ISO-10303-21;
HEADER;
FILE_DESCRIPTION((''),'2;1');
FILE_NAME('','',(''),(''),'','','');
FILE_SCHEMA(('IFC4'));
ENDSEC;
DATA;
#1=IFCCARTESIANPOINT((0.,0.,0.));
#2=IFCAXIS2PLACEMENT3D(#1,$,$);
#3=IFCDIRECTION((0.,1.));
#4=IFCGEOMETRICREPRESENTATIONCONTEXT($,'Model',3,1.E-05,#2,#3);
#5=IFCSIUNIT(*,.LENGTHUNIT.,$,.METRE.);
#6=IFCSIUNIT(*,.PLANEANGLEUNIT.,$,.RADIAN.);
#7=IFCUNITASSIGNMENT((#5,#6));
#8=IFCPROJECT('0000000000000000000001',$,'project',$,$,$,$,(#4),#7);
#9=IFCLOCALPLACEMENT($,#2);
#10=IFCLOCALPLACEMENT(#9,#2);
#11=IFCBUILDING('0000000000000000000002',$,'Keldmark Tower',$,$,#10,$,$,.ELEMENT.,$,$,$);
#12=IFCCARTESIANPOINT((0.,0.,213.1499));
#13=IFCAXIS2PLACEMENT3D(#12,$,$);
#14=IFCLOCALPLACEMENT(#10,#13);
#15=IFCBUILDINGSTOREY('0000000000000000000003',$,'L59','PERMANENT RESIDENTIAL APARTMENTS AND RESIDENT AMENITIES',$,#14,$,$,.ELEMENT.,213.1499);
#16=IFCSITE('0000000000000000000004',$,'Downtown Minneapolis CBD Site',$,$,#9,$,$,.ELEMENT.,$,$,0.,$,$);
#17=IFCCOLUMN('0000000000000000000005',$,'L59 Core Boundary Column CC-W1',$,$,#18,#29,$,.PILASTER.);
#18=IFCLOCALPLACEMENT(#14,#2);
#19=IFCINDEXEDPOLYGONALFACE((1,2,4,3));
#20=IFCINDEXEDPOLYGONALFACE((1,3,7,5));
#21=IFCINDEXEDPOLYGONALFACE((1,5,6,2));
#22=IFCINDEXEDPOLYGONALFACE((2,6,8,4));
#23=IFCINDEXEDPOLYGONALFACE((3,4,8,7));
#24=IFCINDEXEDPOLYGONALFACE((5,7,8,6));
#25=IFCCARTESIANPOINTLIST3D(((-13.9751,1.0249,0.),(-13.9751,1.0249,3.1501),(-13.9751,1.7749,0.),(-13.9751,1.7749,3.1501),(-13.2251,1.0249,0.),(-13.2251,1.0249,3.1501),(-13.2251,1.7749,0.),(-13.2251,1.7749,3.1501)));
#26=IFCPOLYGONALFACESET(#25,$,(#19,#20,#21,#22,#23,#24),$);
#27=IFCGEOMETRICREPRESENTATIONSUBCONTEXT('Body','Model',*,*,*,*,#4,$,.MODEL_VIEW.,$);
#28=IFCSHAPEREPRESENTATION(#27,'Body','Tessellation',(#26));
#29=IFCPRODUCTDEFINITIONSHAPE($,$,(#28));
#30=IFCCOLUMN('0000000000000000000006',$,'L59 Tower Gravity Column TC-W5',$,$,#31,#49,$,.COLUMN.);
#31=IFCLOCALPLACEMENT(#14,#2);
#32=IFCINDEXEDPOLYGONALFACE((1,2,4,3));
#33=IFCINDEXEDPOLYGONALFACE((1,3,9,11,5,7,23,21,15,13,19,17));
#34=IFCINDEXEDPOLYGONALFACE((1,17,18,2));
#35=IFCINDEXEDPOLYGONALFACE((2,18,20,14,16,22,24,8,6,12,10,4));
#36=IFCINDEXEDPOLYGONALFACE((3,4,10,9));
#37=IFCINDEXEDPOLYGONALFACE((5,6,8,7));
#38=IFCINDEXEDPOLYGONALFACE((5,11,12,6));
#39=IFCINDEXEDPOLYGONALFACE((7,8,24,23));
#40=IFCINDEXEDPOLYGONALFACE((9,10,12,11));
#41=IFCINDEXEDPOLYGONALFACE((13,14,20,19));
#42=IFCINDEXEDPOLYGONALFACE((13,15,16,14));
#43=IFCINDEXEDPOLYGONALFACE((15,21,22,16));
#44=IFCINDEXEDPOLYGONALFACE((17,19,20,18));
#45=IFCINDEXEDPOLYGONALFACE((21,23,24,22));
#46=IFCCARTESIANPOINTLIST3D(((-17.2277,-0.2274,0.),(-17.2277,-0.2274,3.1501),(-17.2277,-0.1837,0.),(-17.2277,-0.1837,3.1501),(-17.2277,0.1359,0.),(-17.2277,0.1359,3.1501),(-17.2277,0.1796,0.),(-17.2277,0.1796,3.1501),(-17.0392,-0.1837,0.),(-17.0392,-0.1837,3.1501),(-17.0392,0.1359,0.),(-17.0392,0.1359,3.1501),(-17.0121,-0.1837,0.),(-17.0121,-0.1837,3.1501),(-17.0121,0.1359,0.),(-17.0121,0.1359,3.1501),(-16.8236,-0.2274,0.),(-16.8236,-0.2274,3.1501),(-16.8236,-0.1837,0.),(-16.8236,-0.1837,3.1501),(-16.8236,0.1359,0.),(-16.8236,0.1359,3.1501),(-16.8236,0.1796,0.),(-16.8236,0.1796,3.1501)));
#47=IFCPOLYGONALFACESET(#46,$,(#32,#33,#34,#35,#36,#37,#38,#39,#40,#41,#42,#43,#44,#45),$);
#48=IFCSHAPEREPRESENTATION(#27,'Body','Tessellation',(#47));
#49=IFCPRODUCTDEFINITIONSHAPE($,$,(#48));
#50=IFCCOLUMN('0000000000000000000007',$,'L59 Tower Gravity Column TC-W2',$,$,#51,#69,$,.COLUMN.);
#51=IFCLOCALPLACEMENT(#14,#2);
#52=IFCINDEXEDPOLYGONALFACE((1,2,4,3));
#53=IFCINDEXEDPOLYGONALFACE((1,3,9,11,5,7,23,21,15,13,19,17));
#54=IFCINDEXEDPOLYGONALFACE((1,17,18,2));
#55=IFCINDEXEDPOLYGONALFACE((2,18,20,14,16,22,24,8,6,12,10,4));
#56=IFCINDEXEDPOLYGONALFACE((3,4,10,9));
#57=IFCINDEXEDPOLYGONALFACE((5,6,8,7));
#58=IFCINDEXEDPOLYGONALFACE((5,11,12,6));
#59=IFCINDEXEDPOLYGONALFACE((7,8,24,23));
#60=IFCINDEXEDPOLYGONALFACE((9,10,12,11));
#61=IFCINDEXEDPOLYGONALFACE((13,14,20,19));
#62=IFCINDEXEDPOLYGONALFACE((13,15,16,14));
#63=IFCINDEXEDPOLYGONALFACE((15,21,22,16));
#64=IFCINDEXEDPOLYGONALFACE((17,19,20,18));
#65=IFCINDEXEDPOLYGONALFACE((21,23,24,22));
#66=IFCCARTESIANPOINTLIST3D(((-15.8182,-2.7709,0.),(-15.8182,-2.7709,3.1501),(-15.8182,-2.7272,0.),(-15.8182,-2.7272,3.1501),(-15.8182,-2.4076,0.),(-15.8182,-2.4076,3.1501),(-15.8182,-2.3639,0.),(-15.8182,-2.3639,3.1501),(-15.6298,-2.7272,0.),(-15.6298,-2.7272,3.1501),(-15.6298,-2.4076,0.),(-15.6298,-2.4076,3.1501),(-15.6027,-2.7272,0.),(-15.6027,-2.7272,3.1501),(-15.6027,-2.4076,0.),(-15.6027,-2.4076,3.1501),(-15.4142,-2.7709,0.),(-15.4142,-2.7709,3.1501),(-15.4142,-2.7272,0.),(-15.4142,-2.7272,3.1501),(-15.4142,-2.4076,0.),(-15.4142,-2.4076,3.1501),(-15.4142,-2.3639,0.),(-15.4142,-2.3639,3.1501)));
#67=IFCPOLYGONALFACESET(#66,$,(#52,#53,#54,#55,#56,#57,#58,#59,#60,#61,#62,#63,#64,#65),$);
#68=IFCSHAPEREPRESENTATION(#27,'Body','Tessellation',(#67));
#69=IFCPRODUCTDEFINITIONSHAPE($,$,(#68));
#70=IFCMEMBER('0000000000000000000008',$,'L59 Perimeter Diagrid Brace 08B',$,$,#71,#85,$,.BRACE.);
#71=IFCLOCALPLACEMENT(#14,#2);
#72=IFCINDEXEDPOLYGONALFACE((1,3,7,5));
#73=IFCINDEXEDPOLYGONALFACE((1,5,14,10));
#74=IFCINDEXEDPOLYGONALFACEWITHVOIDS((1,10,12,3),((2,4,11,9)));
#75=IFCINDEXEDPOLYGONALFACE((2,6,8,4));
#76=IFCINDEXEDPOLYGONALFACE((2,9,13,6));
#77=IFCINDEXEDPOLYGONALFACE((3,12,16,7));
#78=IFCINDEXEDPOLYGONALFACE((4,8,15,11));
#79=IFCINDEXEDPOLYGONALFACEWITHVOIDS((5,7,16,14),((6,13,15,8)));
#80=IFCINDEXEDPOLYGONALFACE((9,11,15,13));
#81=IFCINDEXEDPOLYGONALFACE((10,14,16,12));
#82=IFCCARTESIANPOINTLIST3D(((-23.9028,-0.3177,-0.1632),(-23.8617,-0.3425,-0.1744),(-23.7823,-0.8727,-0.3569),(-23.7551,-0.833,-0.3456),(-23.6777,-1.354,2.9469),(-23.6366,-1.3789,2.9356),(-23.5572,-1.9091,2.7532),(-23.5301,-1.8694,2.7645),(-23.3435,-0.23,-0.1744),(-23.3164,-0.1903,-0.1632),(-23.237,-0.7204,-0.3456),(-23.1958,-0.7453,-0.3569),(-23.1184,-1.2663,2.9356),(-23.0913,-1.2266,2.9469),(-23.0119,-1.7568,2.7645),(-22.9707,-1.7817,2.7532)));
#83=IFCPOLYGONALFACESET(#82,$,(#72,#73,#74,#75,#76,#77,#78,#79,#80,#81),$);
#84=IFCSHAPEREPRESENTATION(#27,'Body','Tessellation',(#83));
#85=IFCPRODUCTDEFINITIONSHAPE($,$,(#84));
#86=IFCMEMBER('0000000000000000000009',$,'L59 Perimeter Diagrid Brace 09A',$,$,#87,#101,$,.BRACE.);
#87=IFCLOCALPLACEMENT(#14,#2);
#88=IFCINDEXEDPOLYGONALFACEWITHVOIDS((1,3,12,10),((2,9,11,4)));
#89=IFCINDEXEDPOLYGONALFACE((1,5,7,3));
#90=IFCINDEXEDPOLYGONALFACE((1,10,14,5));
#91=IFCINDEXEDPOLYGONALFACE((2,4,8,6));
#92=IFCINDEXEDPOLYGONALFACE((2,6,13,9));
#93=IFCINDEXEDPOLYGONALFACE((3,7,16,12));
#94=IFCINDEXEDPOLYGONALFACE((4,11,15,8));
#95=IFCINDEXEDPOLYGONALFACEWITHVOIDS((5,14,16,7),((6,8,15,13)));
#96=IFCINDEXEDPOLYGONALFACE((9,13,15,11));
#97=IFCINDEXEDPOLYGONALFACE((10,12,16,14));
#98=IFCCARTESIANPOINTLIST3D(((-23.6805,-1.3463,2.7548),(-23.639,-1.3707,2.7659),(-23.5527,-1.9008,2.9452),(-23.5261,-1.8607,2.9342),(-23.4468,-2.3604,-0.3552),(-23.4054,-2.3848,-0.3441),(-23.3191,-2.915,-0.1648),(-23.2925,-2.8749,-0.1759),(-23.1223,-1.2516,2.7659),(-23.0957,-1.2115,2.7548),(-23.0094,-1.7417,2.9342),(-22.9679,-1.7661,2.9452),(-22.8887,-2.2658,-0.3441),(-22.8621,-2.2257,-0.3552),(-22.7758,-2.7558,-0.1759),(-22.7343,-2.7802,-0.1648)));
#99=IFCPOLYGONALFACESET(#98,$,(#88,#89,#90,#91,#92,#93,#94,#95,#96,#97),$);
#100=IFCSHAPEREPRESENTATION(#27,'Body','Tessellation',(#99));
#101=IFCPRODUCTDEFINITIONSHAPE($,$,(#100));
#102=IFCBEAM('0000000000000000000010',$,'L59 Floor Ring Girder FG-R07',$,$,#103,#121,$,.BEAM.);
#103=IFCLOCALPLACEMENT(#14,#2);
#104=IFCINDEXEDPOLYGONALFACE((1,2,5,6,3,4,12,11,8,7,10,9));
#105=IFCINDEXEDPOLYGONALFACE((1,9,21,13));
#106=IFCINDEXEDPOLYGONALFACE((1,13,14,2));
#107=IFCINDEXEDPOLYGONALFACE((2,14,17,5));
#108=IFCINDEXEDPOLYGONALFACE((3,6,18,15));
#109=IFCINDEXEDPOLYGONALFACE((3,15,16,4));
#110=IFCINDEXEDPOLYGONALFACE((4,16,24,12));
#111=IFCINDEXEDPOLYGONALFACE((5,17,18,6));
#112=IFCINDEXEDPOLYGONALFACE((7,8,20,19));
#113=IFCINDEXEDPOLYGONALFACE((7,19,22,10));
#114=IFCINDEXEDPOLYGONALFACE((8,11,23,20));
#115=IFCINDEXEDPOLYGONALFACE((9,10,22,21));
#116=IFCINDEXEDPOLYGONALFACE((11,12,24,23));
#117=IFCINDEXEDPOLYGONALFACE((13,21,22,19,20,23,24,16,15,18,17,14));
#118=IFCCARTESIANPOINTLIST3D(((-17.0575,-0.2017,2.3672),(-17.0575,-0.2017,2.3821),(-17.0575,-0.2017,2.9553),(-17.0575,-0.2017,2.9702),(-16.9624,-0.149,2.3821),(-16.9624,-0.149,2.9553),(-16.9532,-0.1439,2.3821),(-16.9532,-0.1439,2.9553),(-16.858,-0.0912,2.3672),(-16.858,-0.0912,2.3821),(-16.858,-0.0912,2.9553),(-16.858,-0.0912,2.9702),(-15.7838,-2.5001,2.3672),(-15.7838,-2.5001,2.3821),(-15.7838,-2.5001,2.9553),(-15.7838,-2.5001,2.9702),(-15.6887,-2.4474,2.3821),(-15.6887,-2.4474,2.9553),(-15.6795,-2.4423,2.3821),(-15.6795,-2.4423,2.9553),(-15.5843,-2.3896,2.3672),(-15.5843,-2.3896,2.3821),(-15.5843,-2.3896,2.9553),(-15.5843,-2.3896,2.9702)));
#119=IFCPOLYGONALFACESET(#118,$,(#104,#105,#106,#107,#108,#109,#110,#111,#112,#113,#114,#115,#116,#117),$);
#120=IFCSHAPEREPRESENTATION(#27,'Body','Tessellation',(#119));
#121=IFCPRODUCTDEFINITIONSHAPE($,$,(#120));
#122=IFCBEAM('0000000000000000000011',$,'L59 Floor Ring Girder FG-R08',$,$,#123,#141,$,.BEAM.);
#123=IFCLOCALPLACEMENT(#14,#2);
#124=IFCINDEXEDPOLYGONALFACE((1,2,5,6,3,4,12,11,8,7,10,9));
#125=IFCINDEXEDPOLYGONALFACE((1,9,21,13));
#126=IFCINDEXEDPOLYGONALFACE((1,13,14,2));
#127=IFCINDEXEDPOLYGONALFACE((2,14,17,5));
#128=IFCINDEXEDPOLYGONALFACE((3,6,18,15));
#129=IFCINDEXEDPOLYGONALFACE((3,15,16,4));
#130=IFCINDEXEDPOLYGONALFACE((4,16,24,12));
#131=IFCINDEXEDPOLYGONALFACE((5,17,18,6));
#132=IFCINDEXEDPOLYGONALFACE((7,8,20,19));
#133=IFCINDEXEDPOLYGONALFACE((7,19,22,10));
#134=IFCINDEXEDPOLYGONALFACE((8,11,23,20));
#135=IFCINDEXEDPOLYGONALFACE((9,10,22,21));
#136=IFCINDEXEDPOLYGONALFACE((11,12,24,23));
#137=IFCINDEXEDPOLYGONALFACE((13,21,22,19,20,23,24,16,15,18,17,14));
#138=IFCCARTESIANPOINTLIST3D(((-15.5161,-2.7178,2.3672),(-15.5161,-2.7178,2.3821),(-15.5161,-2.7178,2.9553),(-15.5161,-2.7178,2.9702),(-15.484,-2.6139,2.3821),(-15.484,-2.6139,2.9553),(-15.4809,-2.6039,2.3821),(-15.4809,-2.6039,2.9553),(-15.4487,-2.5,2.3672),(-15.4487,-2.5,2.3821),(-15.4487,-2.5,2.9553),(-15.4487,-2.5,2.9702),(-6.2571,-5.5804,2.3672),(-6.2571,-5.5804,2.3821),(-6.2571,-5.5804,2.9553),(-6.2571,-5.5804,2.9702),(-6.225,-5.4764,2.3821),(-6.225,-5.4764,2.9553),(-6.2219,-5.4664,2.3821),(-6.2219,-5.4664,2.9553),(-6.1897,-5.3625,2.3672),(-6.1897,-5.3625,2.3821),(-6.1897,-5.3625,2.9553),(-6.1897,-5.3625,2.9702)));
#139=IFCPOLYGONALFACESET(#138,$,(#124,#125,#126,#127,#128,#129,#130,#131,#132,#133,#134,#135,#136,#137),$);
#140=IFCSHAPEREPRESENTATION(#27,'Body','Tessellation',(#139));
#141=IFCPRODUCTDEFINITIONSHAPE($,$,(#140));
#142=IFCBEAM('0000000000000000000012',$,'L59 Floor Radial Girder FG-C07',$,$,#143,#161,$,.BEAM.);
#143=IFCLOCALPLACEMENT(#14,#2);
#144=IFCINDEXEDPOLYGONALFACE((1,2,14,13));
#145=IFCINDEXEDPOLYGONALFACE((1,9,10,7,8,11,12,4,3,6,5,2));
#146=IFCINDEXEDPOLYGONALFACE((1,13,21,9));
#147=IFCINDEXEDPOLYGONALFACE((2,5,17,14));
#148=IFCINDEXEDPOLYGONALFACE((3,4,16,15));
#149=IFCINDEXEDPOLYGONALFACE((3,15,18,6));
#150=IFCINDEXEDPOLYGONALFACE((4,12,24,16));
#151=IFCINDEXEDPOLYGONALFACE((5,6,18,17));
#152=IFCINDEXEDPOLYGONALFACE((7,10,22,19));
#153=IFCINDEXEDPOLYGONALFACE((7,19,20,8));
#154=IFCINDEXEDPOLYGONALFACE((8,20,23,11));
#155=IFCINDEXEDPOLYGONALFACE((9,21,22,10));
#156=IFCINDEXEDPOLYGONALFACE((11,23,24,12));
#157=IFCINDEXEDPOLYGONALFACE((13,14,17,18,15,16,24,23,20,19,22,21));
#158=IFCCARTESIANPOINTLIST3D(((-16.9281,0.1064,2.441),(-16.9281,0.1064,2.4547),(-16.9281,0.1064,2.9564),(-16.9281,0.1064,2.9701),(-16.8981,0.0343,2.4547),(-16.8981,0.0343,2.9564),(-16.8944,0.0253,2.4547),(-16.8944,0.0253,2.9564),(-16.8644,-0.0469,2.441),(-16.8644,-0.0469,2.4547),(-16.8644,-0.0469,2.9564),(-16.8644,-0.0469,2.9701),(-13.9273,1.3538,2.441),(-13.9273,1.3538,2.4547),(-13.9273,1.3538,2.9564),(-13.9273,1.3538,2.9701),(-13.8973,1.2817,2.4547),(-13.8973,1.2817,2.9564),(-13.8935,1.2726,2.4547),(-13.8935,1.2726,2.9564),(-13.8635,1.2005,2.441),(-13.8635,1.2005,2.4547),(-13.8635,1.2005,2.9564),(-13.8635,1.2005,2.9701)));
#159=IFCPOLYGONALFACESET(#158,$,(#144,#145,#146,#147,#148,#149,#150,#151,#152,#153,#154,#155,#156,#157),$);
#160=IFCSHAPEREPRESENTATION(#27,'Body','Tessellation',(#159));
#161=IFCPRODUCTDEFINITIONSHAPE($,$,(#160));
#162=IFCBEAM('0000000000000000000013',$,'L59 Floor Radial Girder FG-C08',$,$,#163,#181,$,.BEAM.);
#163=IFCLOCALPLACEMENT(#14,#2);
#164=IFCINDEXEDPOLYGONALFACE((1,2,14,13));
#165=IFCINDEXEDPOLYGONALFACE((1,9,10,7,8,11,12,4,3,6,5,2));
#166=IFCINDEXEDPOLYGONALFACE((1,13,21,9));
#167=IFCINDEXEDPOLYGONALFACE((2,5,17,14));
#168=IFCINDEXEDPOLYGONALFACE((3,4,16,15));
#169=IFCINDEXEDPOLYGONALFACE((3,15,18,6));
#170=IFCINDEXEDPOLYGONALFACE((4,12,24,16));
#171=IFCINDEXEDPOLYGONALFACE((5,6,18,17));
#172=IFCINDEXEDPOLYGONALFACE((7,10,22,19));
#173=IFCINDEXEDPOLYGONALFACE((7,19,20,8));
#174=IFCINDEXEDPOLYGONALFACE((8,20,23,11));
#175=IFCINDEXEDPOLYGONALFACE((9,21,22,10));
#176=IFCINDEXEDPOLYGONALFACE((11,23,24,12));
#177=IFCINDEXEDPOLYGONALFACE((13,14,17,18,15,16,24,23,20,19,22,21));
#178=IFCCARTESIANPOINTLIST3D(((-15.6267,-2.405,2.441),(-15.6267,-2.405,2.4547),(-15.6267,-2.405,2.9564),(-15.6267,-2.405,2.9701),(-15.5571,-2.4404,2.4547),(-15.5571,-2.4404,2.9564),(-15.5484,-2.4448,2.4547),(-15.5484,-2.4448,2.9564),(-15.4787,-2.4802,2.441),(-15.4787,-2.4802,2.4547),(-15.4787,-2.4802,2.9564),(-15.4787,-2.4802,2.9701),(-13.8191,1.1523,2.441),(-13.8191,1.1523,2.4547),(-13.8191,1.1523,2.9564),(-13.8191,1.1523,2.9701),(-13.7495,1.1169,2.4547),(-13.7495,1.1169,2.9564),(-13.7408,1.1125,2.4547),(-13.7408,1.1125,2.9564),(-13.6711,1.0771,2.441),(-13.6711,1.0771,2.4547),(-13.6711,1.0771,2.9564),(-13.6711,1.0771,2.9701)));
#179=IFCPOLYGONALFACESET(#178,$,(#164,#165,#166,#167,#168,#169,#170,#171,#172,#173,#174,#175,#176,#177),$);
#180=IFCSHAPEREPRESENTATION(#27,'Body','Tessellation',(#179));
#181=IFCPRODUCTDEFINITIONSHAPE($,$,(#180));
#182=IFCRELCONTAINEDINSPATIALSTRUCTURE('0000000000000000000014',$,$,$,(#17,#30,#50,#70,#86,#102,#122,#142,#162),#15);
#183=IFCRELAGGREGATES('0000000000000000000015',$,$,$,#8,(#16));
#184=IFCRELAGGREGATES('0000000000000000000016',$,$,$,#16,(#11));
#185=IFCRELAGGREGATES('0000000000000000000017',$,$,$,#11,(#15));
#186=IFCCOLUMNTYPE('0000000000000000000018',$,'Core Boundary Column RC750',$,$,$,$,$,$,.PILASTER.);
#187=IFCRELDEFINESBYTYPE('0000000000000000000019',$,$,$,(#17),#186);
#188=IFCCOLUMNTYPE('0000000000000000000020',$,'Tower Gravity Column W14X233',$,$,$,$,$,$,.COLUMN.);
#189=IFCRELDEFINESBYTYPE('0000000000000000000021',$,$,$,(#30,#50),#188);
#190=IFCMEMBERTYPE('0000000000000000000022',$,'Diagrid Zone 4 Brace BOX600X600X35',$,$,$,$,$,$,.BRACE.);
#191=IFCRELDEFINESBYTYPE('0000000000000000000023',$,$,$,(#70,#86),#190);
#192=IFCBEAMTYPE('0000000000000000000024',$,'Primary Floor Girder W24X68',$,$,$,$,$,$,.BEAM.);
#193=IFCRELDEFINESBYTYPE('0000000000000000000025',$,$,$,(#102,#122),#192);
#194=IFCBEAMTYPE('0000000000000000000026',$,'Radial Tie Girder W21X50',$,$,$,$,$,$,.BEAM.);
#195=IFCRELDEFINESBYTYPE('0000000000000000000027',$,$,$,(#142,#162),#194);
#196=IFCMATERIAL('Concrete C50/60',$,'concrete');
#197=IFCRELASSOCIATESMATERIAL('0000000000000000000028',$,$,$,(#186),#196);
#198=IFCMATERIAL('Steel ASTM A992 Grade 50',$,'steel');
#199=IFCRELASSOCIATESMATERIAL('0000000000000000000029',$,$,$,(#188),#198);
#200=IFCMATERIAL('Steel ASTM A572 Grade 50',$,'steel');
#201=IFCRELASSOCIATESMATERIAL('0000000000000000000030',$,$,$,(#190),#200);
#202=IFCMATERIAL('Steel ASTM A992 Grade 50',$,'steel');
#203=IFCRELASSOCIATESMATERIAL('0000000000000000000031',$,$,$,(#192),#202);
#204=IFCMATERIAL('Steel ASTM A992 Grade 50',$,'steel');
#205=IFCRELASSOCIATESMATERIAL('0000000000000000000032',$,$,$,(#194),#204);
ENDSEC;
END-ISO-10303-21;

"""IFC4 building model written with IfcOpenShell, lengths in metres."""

from ifc_helpers import new_model, si_unit, direction, frame, origin, origin_2d, place, context, subcontext, project, spatial, rectangle, hollow_rectangle, i_section, extrude, material, material_profile, profile_set, type_object, element, save


model = new_model("IFC4")

# Units and contexts
model_context = context("Model", 3, precision=1e-05, world=origin(), true_north=direction((0.0, 1.0)))
body_context = subcontext(model_context, "Body", "Model", "MODEL_VIEW")
ifc_project = project(units=[si_unit("LENGTHUNIT", "METRE"), si_unit("PLANEANGLEUNIT", "RADIAN")], contexts=[model_context])

# Site, building, storey
site_placement = place(None, origin())
site = spatial("IfcSite", under=ifc_project, at=site_placement, Name="Downtown Minneapolis CBD Site", CompositionType="ELEMENT", RefElevation=0.0)
building_placement = place(site_placement, origin())
building = spatial("IfcBuilding", under=site, at=building_placement, Name="Keldmark Tower", CompositionType="ELEMENT")
storey_placement = place(building_placement, frame((0.0, 0.0, 213.1499)))
storey = spatial("IfcBuildingStorey", under=building, at=storey_placement, Name="L59", Description="PERMANENT RESIDENTIAL APARTMENTS AND RESIDENT AMENITIES", CompositionType="ELEMENT", Elevation=213.1499)

# Columns
ifc_material_1 = material(Name="Concrete C50/60", Category="concrete")
ifc_material_profile_1 = material_profile(ifc_material_1, rectangle(XDim=0.75, YDim=0.75, at=origin_2d()), Name="RC750X750")
ifc_profile_set_1 = profile_set([ifc_material_profile_1], Name="Concrete C50/60")
column_type_1 = type_object("IfcColumnType", Name="Core Boundary Column RC750", PredefinedType="PILASTER", material=ifc_profile_set_1)
column_placement = place(storey_placement, frame((-13.6001, 1.3999, 0.0), z_axis=(0.0, 0.0, 1.0), x_axis=(1.0, 0.0, 0.0)))
element("IfcColumn", 1, at=column_placement, inside=storey, type_object=column_type_1, Name="L59 Core Boundary Column CC-W1", PredefinedType="PILASTER", context=body_context, shape_type="SweptSolid", body=[
    extrude(rectangle(XDim=0.75, YDim=0.75, at=origin_2d()), origin(), (0.0, 0.0, 1.0), 3.1501),
])
ifc_material_2 = material(Name="Steel ASTM A992 Grade 50", Category="steel")
ifc_material_profile_2 = material_profile(ifc_material_2, i_section(OverallWidth=0.4041, OverallDepth=0.407, WebThickness=0.0271, FlangeThickness=0.0437, at=origin_2d()), Name="W14X233")
ifc_profile_set_2 = profile_set([ifc_material_profile_2], Name="Steel ASTM A992 Grade 50")
column_type_2 = type_object("IfcColumnType", Name="Tower Gravity Column W14X233", PredefinedType="COLUMN", material=ifc_profile_set_2)
for number, where, z_axis, x_axis, name in (
    (2, (-17.0256, -0.0239, 0.0), (0.0, 0.0, 1.0), (1.0, 0.0, 0.0), "L59 Tower Gravity Column TC-W5"),
    (3, (-15.6162, -2.5674, 0.0), (0.0, 0.0, 1.0), (1.0, 0.0, 0.0), "L59 Tower Gravity Column TC-W2"),
):
    element("IfcColumn", number, at=place(storey_placement, frame(where, z_axis=z_axis, x_axis=x_axis)), inside=storey, type_object=column_type_2, Name=name, PredefinedType="COLUMN", context=body_context, shape_type="SweptSolid", body=[
        extrude(i_section(OverallWidth=0.4041, OverallDepth=0.407, WebThickness=0.0271, FlangeThickness=0.0437, at=origin_2d()), origin(), (0.0, 0.0, 1.0), 3.1501),
    ])

# Members
ifc_material_3 = material(Name="Steel ASTM A572 Grade 50", Category="steel")
ifc_material_profile_3 = material_profile(ifc_material_3, hollow_rectangle(XDim=0.6001, YDim=0.6001, WallThickness=0.0349, at=origin_2d()), Name="BOX600X600X35")
ifc_profile_set_3 = profile_set([ifc_material_profile_3], Name="Steel ASTM A572 Grade 50")
member_type = type_object("IfcMemberType", Name="Diagrid Zone 4 Brace BOX600X600X35", PredefinedType="BRACE", material=ifc_profile_set_3)
member_1_placement = place(storey_placement, frame((-23.5493, -0.5315, -0.26), z_axis=(0.068503, -0.315396, 0.946484), x_axis=(0.977216, 0.212248, 0.0)))
element("IfcMember", 4, at=member_1_placement, inside=storey, type_object=member_type, Name="L59 Perimeter Diagrid Brace 08B", PredefinedType="BRACE", context=body_context, shape_type="SweptSolid", body=[
    extrude(hollow_rectangle(XDim=0.6001, YDim=0.6001, WallThickness=0.0349, at=origin_2d()), origin(), (0.0, 0.0, 1.0), 3.2859),
])
member_2_placement = place(storey_placement, frame((-23.0906, -2.5703, -0.26), z_axis=(-0.071241, 0.309231, 0.948315), x_axis=(-0.974474, -0.2245, 0.0)))
element("IfcMember", 5, at=member_2_placement, inside=storey, type_object=member_type, Name="L59 Perimeter Diagrid Brace 09A", PredefinedType="BRACE", context=body_context, shape_type="SweptSolid", body=[
    extrude(hollow_rectangle(XDim=0.6001, YDim=0.6001, WallThickness=0.0349, at=origin_2d()), origin(), (0.0, 0.0, 1.0), 3.2795),
])

# Beams
ifc_material_4 = material(Name="Steel ASTM A992 Grade 50", Category="steel")
ifc_material_profile_4 = material_profile(ifc_material_4, i_section(OverallWidth=0.228, OverallDepth=0.603, WebThickness=0.0105, FlangeThickness=0.0149, at=origin_2d()), Name="W24X68")
ifc_profile_set_4 = profile_set([ifc_material_profile_4], Name="Steel ASTM A992 Grade 50")
beam_type_1 = type_object("IfcBeamType", Name="Primary Floor Girder W24X68", PredefinedType="BEAM", material=ifc_profile_set_4)
beam_1_placement = place(storey_placement, frame((-16.9578, -0.1465, 2.6687), z_axis=(0.48472, -0.87467, 0.0), x_axis=(0.87467, 0.48472, 0.0)))
element("IfcBeam", 6, at=beam_1_placement, inside=storey, type_object=beam_type_1, Name="L59 Floor Ring Girder FG-R07", PredefinedType="BEAM", context=body_context, shape_type="SweptSolid", body=[
    extrude(i_section(OverallWidth=0.228, OverallDepth=0.603, WebThickness=0.0105, FlangeThickness=0.0149, at=origin_2d()), origin(), (0.0, 0.0, 1.0), 2.6277),
])
beam_2_placement = place(storey_placement, frame((-15.4824, -2.6089, 2.6687), z_axis=(0.955383, -0.295369, 0.0), x_axis=(0.295369, 0.955383, 0.0)))
element("IfcBeam", 7, at=beam_2_placement, inside=storey, type_object=beam_type_1, Name="L59 Floor Ring Girder FG-R08", PredefinedType="BEAM", context=body_context, shape_type="SweptSolid", body=[
    extrude(i_section(OverallWidth=0.228, OverallDepth=0.603, WebThickness=0.0105, FlangeThickness=0.0149, at=origin_2d()), origin(), (0.0, 0.0, 1.0), 9.6914),
])
ifc_material_5 = material(Name="Steel ASTM A992 Grade 50", Category="steel")
ifc_material_profile_5 = material_profile(ifc_material_5, i_section(OverallWidth=0.166, OverallDepth=0.5291, WebThickness=0.0098, FlangeThickness=0.0137, at=origin_2d()), Name="W21X50")
ifc_profile_set_5 = profile_set([ifc_material_profile_5], Name="Steel ASTM A992 Grade 50")
beam_type_2 = type_object("IfcBeamType", Name="Radial Tie Girder W21X50", PredefinedType="BEAM", material=ifc_profile_set_5)
beam_3_placement = place(storey_placement, frame((-16.8962, 0.0298, 2.7056), z_axis=(0.923403, 0.383831, 0.0), x_axis=(-0.383831, 0.923403, 0.0)))
element("IfcBeam", 8, at=beam_3_placement, inside=storey, type_object=beam_type_2, Name="L59 Floor Radial Girder FG-C07", PredefinedType="BEAM", context=body_context, shape_type="SweptSolid", body=[
    extrude(i_section(OverallWidth=0.166, OverallDepth=0.5291, WebThickness=0.0098, FlangeThickness=0.0137, at=origin_2d()), origin(), (0.0, 0.0, 1.0), 3.2498),
])
beam_4_placement = place(storey_placement, frame((-15.5527, -2.4426, 2.7056), z_axis=(0.453004, 0.891508, 0.0), x_axis=(-0.891508, 0.453004, 0.0)))
element("IfcBeam", 9, at=beam_4_placement, inside=storey, type_object=beam_type_2, Name="L59 Floor Radial Girder FG-C08", PredefinedType="BEAM", context=body_context, shape_type="SweptSolid", body=[
    extrude(i_section(OverallWidth=0.166, OverallDepth=0.5291, WebThickness=0.0098, FlangeThickness=0.0137, at=origin_2d()), origin(), (0.0, 0.0, 1.0), 3.9902),
])

save(model, "model.ifc")
